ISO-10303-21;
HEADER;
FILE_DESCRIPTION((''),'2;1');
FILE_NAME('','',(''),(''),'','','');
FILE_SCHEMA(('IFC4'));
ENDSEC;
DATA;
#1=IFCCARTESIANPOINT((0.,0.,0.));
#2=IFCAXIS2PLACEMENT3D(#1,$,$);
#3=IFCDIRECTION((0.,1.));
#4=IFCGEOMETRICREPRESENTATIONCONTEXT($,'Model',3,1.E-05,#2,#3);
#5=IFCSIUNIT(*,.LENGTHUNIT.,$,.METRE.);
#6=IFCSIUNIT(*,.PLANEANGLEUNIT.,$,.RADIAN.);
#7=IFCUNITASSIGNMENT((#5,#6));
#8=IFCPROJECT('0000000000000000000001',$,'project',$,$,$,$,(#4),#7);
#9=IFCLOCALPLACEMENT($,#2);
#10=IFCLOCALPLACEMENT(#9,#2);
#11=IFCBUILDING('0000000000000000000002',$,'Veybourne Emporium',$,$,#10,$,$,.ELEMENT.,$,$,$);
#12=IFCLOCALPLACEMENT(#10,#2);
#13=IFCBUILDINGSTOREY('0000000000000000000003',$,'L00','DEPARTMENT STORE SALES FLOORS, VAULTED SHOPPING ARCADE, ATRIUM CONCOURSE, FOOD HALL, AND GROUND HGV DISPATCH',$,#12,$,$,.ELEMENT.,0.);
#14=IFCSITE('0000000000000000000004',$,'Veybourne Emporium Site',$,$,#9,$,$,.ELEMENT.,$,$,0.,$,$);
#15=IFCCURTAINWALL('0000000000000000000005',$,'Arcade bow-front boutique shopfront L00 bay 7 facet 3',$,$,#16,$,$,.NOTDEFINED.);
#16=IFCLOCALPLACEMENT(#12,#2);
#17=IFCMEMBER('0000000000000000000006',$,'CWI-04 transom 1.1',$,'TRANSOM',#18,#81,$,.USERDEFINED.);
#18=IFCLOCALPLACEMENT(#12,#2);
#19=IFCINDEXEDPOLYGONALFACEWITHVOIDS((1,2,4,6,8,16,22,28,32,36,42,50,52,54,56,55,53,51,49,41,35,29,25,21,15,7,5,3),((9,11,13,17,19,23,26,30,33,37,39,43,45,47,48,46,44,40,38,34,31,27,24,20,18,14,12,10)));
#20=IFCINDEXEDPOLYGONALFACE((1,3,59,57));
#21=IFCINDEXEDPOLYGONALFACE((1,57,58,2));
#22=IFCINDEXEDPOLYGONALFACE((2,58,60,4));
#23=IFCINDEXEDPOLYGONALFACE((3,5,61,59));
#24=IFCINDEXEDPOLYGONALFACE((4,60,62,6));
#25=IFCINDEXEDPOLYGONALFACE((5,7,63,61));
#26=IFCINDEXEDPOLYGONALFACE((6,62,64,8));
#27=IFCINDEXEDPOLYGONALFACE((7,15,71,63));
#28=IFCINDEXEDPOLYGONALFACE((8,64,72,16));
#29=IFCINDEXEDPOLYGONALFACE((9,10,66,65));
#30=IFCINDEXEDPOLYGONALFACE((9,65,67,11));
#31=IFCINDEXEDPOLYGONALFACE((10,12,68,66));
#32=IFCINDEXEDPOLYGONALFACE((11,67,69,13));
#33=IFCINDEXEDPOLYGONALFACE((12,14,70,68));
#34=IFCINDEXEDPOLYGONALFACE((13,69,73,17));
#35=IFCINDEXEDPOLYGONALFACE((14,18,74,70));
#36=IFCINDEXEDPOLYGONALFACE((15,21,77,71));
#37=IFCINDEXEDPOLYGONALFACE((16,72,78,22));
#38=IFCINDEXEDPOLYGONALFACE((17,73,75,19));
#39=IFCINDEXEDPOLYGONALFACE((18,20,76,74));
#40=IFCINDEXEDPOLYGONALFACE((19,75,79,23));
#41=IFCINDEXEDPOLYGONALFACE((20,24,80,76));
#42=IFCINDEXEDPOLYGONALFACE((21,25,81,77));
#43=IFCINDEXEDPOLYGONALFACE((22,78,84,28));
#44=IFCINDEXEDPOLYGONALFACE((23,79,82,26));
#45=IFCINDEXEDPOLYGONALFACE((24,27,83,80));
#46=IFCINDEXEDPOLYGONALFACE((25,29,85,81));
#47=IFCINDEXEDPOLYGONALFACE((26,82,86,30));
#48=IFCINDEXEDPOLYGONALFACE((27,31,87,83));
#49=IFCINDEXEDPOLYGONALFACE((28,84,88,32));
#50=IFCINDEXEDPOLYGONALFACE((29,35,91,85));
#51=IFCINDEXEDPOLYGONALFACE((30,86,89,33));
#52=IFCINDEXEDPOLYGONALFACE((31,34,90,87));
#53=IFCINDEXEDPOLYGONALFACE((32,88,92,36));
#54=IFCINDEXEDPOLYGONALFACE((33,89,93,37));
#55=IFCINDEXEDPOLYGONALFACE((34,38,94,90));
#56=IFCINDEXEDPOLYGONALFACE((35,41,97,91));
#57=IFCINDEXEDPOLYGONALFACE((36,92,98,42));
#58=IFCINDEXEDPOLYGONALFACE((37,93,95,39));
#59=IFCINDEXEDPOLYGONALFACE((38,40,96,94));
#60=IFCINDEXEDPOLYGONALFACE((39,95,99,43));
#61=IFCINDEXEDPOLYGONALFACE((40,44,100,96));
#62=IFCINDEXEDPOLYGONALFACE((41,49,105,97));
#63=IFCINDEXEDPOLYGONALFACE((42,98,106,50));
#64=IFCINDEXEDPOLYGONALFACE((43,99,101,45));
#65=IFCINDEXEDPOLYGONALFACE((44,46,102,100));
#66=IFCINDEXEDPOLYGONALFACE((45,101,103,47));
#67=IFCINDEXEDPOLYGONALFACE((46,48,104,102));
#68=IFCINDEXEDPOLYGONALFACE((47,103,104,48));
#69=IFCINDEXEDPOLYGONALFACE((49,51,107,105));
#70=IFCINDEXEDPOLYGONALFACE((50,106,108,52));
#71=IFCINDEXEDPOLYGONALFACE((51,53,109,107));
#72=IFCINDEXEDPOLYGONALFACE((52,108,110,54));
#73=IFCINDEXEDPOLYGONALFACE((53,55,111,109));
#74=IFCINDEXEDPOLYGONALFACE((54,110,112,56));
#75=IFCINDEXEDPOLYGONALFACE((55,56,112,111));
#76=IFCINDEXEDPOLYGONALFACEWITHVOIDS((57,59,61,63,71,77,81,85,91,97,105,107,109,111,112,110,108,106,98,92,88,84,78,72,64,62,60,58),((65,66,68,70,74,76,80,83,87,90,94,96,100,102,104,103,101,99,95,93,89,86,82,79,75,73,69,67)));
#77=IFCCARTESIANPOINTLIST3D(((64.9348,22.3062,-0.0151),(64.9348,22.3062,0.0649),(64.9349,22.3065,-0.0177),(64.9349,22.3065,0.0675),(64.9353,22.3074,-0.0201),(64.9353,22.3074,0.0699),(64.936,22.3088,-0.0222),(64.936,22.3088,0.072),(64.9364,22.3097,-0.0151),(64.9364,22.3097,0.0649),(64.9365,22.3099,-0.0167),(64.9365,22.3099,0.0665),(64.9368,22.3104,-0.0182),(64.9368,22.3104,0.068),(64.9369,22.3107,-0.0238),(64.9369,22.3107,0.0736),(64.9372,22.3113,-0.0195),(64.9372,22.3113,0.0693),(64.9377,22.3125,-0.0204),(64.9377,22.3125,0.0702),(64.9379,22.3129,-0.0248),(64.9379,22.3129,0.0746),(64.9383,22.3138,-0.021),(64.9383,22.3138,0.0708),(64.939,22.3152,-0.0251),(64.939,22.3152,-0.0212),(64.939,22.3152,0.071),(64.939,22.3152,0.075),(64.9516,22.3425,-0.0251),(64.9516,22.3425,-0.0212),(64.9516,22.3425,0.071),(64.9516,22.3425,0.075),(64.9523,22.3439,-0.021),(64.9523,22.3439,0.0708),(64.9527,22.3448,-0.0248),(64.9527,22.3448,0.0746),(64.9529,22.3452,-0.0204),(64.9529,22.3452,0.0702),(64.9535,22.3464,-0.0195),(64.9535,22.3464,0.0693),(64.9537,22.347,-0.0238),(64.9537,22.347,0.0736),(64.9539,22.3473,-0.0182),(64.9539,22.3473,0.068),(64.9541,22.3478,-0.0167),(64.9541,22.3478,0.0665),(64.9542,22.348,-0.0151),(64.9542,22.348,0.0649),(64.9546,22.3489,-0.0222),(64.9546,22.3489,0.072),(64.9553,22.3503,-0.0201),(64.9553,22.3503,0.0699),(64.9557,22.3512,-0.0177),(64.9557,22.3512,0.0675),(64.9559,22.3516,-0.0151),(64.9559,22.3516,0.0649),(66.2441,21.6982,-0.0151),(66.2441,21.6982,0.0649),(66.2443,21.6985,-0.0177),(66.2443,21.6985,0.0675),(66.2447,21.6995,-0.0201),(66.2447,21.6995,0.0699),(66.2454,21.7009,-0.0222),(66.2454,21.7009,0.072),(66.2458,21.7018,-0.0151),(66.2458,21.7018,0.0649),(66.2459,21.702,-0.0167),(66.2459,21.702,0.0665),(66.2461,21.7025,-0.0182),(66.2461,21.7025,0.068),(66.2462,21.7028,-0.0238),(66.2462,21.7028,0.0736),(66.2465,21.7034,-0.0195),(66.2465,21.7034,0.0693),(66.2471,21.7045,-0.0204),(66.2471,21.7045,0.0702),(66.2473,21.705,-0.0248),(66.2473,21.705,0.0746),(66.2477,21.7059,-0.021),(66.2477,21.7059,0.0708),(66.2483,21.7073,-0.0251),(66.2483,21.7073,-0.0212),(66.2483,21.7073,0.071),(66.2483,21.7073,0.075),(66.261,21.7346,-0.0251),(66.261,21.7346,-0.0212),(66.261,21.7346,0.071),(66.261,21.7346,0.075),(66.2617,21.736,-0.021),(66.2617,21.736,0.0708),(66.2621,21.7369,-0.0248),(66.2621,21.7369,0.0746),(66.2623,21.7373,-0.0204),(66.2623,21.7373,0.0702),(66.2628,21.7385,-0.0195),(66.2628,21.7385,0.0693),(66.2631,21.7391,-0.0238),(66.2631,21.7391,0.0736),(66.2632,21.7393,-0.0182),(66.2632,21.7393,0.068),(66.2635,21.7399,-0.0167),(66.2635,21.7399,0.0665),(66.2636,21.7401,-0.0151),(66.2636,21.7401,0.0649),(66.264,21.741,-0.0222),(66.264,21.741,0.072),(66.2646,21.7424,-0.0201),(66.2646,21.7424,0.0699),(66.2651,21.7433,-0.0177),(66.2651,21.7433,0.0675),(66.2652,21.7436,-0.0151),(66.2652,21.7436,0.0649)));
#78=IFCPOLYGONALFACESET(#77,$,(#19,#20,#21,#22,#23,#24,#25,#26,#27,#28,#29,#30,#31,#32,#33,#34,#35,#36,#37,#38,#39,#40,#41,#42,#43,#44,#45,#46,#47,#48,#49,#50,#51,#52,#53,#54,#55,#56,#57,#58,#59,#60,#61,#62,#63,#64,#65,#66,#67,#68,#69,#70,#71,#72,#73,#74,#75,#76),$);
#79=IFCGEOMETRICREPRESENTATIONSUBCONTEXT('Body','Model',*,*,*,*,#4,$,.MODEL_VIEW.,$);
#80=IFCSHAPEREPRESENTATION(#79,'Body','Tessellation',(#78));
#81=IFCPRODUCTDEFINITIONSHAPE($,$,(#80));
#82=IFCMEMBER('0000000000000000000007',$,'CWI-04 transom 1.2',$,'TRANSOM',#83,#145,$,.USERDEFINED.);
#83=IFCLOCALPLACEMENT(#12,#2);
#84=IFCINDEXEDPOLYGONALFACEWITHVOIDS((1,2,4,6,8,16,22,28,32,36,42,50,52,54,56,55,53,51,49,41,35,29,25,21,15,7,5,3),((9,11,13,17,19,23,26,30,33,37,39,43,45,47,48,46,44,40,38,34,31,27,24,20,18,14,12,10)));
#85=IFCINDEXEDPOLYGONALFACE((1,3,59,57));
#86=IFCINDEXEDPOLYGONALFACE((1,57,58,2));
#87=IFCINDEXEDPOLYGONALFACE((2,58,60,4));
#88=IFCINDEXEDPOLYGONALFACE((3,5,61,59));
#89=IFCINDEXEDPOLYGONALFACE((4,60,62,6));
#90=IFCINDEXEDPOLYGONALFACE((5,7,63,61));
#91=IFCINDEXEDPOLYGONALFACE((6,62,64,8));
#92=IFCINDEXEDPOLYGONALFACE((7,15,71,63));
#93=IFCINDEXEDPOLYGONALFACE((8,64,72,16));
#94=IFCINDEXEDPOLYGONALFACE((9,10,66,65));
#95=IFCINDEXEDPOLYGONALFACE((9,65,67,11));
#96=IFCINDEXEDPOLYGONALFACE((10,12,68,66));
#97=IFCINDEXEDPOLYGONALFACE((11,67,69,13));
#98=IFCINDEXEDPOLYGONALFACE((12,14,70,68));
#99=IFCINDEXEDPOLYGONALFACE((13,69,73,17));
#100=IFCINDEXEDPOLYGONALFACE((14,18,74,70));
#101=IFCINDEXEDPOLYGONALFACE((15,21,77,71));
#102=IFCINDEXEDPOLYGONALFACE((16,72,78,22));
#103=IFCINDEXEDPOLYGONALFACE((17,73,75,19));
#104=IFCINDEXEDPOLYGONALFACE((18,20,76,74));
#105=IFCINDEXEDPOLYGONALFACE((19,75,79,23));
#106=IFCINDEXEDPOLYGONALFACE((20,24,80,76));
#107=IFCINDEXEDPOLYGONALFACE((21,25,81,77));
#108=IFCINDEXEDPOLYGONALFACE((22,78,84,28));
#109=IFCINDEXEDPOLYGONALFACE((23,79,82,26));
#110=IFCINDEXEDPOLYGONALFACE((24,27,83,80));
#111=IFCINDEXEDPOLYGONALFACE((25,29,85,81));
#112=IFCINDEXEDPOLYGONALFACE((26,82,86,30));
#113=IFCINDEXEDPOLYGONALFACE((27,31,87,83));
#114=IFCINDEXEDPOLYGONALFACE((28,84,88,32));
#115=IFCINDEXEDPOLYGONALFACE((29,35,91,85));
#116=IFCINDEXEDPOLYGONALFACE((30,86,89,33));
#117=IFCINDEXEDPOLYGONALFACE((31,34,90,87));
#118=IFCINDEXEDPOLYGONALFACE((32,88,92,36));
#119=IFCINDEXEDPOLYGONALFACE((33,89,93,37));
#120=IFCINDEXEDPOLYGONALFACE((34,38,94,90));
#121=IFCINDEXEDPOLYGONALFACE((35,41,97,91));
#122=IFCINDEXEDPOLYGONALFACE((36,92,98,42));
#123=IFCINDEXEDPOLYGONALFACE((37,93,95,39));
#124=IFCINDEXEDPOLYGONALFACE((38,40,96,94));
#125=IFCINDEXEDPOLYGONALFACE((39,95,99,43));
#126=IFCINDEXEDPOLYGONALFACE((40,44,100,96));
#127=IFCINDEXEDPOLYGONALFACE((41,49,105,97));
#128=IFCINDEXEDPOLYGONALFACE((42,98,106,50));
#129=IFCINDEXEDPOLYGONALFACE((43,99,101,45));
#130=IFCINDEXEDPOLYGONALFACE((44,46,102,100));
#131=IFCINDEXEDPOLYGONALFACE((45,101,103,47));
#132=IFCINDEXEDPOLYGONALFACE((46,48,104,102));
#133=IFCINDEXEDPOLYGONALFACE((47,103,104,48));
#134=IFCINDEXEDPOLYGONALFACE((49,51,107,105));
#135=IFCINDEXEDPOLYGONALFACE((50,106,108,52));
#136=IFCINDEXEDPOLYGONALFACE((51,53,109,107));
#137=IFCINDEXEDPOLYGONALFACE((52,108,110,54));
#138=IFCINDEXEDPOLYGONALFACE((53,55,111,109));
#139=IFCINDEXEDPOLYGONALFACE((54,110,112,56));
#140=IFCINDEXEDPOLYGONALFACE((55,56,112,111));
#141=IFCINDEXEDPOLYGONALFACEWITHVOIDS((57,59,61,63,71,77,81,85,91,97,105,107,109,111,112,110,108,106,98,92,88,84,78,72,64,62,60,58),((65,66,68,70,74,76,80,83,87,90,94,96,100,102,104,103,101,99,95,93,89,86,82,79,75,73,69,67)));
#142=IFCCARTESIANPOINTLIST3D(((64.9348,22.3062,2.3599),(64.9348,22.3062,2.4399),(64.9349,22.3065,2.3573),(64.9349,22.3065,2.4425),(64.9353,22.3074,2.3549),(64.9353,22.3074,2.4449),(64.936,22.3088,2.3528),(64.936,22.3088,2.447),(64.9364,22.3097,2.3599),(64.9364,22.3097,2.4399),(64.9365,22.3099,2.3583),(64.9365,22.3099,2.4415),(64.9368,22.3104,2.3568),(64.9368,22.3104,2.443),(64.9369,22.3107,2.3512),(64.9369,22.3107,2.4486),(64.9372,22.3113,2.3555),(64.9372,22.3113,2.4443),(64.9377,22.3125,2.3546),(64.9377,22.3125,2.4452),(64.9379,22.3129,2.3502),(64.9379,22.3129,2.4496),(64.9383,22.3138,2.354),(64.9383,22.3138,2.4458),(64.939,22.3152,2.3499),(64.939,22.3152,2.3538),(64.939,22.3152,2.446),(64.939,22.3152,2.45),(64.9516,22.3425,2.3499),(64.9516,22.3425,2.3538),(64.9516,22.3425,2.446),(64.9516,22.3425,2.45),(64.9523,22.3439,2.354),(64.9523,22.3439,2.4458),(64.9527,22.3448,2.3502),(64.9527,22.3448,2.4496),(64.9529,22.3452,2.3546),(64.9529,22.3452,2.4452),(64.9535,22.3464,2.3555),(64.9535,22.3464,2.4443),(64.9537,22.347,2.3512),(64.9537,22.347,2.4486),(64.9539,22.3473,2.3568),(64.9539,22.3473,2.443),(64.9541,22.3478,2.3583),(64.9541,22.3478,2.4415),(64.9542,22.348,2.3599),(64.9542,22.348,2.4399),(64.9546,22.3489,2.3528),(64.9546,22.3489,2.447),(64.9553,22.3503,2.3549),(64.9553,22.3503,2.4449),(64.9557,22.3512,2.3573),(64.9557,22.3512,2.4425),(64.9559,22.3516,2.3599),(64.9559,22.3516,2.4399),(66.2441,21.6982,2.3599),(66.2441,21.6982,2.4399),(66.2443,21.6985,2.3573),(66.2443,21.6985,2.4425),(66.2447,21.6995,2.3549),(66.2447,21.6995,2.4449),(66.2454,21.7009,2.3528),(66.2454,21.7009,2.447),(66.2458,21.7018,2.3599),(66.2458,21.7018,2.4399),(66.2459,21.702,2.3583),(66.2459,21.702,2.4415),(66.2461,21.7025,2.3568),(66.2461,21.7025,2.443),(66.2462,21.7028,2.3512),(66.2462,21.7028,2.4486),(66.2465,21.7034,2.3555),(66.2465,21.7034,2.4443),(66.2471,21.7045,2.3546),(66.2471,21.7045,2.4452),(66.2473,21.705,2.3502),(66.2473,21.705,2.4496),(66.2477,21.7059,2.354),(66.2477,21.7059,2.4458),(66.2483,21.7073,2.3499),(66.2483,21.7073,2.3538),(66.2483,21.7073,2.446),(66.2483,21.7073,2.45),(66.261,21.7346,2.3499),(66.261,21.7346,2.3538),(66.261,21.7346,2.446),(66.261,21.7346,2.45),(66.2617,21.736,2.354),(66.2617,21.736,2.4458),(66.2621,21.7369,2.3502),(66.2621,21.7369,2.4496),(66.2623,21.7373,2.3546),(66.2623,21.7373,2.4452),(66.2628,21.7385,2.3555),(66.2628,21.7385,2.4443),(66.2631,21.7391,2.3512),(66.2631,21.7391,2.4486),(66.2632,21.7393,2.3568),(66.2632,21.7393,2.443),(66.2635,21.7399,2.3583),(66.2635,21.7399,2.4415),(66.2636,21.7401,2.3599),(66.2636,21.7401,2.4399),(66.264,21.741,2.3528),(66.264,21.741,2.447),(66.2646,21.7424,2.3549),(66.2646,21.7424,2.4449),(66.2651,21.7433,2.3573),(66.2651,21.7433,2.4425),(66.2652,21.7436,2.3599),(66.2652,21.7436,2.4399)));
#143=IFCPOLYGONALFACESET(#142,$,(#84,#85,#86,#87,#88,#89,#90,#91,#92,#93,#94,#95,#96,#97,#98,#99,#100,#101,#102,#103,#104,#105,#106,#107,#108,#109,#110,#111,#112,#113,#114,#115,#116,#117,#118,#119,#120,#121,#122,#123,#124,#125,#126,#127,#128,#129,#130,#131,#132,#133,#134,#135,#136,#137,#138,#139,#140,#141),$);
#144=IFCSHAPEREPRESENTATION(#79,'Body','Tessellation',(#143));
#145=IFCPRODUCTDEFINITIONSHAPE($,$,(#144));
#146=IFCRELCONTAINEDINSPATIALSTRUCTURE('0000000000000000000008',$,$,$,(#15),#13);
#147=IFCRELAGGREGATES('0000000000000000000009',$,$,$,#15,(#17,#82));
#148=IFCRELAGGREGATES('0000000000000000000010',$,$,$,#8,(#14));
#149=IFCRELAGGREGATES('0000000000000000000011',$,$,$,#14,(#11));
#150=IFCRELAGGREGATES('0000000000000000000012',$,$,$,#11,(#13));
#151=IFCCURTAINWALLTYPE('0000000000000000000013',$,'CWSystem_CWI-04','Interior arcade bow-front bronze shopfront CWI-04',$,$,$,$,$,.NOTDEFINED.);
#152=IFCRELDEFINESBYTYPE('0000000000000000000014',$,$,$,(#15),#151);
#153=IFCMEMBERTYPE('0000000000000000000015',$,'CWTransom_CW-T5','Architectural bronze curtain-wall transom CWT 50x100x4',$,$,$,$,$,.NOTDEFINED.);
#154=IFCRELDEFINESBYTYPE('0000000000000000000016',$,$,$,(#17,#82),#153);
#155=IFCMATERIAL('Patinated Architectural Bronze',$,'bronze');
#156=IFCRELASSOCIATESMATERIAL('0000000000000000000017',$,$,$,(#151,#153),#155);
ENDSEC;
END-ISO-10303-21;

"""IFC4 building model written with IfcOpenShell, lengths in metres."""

from ifc_helpers import new_model, si_unit, direction, frame, origin, origin_2d, place, context, subcontext, project, spatial, hollow_rectangle, extrude, material, material_profile, profile_set, type_object, element, aggregate, save


model = new_model("IFC4")

# Units and contexts
model_context = context("Model", 3, precision=1e-05, world=origin(), true_north=direction((0.0, 1.0)))
body_context = subcontext(model_context, "Body", "Model", "MODEL_VIEW")
ifc_project = project(units=[si_unit("LENGTHUNIT", "METRE"), si_unit("PLANEANGLEUNIT", "RADIAN")], contexts=[model_context])

# Site, building, storey
site_placement = place(None, origin())
site = spatial("IfcSite", under=ifc_project, at=site_placement, Name="Veybourne Emporium Site", CompositionType="ELEMENT", RefElevation=0.0)
building_placement = place(site_placement, origin())
building = spatial("IfcBuilding", under=site, at=building_placement, Name="Veybourne Emporium", CompositionType="ELEMENT")
storey_placement = place(building_placement, origin())
storey = spatial("IfcBuildingStorey", under=building, at=storey_placement, Name="L00", Description="DEPARTMENT STORE SALES FLOORS, VAULTED SHOPPING ARCADE, ATRIUM CONCOURSE, FOOD HALL, AND GROUND HGV DISPATCH", CompositionType="ELEMENT", Elevation=0.0)

# Shared definitions
ifc_material_1 = material(Name="Patinated Architectural Bronze", Category="bronze")

# Curtain wall
curtain_wall_type_1 = type_object("IfcCurtainWallType", Name="CWSystem_CWI-04", Description="Interior arcade bow-front bronze shopfront CWI-04", PredefinedType="NOTDEFINED", material=ifc_material_1)
curtain_wall_1_placement = place(storey_placement, origin())
curtain_wall_1 = element("IfcCurtainWall", 1, at=curtain_wall_1_placement, inside=storey, type_object=curtain_wall_type_1, Name="Arcade bow-front boutique shopfront L00 bay 7 facet 3", PredefinedType="NOTDEFINED")

# Members
ifc_material_profile_1 = material_profile(ifc_material_1, hollow_rectangle(XDim=0.05, YDim=0.1001, WallThickness=0.0039, InnerFilletRadius=0.0061, OuterFilletRadius=0.01, at=origin_2d()), Name="CWT 50x100x4")
ifc_profile_set_1 = profile_set([ifc_material_profile_1], Name="Patinated Architectural Bronze")
member_type_1 = type_object("IfcMemberType", Name="CWTransom_CW-T5", Description="Architectural bronze curtain-wall transom CWT 50x100x4", PredefinedType="NOTDEFINED", material=ifc_profile_set_1)
member_1_placement = place(storey_placement, frame((64.9453, 22.3289, 0.0249), z_axis=(0.907007, -0.421116, 0.0), x_axis=(0.421116, 0.907007, 0.0)))
member_1 = element("IfcMember", 2, at=member_1_placement, type_object=member_type_1, Name="CWI-04 transom 1.1", ObjectType="TRANSOM", PredefinedType="USERDEFINED", context=body_context, shape_type="SweptSolid", body=[
    extrude(hollow_rectangle(XDim=0.05, YDim=0.1001, WallThickness=0.0039, InnerFilletRadius=0.0061, OuterFilletRadius=0.01, at=origin_2d()), origin(), (0.0, 0.0, 1.0), 1.4436),
])
member_2_placement = place(storey_placement, frame((64.9453, 22.3289, 2.3999), z_axis=(0.907007, -0.421116, 0.0), x_axis=(0.421116, 0.907007, 0.0)))
member_2 = element("IfcMember", 3, at=member_2_placement, type_object=member_type_1, Name="CWI-04 transom 1.2", ObjectType="TRANSOM", PredefinedType="USERDEFINED", context=body_context, shape_type="SweptSolid", body=[
    extrude(hollow_rectangle(XDim=0.05, YDim=0.1001, WallThickness=0.0039, InnerFilletRadius=0.0061, OuterFilletRadius=0.01, at=origin_2d()), origin(), (0.0, 0.0, 1.0), 1.4436),
])

aggregate(curtain_wall_1, [member_1, member_2])

save(model, "model.ifc")
